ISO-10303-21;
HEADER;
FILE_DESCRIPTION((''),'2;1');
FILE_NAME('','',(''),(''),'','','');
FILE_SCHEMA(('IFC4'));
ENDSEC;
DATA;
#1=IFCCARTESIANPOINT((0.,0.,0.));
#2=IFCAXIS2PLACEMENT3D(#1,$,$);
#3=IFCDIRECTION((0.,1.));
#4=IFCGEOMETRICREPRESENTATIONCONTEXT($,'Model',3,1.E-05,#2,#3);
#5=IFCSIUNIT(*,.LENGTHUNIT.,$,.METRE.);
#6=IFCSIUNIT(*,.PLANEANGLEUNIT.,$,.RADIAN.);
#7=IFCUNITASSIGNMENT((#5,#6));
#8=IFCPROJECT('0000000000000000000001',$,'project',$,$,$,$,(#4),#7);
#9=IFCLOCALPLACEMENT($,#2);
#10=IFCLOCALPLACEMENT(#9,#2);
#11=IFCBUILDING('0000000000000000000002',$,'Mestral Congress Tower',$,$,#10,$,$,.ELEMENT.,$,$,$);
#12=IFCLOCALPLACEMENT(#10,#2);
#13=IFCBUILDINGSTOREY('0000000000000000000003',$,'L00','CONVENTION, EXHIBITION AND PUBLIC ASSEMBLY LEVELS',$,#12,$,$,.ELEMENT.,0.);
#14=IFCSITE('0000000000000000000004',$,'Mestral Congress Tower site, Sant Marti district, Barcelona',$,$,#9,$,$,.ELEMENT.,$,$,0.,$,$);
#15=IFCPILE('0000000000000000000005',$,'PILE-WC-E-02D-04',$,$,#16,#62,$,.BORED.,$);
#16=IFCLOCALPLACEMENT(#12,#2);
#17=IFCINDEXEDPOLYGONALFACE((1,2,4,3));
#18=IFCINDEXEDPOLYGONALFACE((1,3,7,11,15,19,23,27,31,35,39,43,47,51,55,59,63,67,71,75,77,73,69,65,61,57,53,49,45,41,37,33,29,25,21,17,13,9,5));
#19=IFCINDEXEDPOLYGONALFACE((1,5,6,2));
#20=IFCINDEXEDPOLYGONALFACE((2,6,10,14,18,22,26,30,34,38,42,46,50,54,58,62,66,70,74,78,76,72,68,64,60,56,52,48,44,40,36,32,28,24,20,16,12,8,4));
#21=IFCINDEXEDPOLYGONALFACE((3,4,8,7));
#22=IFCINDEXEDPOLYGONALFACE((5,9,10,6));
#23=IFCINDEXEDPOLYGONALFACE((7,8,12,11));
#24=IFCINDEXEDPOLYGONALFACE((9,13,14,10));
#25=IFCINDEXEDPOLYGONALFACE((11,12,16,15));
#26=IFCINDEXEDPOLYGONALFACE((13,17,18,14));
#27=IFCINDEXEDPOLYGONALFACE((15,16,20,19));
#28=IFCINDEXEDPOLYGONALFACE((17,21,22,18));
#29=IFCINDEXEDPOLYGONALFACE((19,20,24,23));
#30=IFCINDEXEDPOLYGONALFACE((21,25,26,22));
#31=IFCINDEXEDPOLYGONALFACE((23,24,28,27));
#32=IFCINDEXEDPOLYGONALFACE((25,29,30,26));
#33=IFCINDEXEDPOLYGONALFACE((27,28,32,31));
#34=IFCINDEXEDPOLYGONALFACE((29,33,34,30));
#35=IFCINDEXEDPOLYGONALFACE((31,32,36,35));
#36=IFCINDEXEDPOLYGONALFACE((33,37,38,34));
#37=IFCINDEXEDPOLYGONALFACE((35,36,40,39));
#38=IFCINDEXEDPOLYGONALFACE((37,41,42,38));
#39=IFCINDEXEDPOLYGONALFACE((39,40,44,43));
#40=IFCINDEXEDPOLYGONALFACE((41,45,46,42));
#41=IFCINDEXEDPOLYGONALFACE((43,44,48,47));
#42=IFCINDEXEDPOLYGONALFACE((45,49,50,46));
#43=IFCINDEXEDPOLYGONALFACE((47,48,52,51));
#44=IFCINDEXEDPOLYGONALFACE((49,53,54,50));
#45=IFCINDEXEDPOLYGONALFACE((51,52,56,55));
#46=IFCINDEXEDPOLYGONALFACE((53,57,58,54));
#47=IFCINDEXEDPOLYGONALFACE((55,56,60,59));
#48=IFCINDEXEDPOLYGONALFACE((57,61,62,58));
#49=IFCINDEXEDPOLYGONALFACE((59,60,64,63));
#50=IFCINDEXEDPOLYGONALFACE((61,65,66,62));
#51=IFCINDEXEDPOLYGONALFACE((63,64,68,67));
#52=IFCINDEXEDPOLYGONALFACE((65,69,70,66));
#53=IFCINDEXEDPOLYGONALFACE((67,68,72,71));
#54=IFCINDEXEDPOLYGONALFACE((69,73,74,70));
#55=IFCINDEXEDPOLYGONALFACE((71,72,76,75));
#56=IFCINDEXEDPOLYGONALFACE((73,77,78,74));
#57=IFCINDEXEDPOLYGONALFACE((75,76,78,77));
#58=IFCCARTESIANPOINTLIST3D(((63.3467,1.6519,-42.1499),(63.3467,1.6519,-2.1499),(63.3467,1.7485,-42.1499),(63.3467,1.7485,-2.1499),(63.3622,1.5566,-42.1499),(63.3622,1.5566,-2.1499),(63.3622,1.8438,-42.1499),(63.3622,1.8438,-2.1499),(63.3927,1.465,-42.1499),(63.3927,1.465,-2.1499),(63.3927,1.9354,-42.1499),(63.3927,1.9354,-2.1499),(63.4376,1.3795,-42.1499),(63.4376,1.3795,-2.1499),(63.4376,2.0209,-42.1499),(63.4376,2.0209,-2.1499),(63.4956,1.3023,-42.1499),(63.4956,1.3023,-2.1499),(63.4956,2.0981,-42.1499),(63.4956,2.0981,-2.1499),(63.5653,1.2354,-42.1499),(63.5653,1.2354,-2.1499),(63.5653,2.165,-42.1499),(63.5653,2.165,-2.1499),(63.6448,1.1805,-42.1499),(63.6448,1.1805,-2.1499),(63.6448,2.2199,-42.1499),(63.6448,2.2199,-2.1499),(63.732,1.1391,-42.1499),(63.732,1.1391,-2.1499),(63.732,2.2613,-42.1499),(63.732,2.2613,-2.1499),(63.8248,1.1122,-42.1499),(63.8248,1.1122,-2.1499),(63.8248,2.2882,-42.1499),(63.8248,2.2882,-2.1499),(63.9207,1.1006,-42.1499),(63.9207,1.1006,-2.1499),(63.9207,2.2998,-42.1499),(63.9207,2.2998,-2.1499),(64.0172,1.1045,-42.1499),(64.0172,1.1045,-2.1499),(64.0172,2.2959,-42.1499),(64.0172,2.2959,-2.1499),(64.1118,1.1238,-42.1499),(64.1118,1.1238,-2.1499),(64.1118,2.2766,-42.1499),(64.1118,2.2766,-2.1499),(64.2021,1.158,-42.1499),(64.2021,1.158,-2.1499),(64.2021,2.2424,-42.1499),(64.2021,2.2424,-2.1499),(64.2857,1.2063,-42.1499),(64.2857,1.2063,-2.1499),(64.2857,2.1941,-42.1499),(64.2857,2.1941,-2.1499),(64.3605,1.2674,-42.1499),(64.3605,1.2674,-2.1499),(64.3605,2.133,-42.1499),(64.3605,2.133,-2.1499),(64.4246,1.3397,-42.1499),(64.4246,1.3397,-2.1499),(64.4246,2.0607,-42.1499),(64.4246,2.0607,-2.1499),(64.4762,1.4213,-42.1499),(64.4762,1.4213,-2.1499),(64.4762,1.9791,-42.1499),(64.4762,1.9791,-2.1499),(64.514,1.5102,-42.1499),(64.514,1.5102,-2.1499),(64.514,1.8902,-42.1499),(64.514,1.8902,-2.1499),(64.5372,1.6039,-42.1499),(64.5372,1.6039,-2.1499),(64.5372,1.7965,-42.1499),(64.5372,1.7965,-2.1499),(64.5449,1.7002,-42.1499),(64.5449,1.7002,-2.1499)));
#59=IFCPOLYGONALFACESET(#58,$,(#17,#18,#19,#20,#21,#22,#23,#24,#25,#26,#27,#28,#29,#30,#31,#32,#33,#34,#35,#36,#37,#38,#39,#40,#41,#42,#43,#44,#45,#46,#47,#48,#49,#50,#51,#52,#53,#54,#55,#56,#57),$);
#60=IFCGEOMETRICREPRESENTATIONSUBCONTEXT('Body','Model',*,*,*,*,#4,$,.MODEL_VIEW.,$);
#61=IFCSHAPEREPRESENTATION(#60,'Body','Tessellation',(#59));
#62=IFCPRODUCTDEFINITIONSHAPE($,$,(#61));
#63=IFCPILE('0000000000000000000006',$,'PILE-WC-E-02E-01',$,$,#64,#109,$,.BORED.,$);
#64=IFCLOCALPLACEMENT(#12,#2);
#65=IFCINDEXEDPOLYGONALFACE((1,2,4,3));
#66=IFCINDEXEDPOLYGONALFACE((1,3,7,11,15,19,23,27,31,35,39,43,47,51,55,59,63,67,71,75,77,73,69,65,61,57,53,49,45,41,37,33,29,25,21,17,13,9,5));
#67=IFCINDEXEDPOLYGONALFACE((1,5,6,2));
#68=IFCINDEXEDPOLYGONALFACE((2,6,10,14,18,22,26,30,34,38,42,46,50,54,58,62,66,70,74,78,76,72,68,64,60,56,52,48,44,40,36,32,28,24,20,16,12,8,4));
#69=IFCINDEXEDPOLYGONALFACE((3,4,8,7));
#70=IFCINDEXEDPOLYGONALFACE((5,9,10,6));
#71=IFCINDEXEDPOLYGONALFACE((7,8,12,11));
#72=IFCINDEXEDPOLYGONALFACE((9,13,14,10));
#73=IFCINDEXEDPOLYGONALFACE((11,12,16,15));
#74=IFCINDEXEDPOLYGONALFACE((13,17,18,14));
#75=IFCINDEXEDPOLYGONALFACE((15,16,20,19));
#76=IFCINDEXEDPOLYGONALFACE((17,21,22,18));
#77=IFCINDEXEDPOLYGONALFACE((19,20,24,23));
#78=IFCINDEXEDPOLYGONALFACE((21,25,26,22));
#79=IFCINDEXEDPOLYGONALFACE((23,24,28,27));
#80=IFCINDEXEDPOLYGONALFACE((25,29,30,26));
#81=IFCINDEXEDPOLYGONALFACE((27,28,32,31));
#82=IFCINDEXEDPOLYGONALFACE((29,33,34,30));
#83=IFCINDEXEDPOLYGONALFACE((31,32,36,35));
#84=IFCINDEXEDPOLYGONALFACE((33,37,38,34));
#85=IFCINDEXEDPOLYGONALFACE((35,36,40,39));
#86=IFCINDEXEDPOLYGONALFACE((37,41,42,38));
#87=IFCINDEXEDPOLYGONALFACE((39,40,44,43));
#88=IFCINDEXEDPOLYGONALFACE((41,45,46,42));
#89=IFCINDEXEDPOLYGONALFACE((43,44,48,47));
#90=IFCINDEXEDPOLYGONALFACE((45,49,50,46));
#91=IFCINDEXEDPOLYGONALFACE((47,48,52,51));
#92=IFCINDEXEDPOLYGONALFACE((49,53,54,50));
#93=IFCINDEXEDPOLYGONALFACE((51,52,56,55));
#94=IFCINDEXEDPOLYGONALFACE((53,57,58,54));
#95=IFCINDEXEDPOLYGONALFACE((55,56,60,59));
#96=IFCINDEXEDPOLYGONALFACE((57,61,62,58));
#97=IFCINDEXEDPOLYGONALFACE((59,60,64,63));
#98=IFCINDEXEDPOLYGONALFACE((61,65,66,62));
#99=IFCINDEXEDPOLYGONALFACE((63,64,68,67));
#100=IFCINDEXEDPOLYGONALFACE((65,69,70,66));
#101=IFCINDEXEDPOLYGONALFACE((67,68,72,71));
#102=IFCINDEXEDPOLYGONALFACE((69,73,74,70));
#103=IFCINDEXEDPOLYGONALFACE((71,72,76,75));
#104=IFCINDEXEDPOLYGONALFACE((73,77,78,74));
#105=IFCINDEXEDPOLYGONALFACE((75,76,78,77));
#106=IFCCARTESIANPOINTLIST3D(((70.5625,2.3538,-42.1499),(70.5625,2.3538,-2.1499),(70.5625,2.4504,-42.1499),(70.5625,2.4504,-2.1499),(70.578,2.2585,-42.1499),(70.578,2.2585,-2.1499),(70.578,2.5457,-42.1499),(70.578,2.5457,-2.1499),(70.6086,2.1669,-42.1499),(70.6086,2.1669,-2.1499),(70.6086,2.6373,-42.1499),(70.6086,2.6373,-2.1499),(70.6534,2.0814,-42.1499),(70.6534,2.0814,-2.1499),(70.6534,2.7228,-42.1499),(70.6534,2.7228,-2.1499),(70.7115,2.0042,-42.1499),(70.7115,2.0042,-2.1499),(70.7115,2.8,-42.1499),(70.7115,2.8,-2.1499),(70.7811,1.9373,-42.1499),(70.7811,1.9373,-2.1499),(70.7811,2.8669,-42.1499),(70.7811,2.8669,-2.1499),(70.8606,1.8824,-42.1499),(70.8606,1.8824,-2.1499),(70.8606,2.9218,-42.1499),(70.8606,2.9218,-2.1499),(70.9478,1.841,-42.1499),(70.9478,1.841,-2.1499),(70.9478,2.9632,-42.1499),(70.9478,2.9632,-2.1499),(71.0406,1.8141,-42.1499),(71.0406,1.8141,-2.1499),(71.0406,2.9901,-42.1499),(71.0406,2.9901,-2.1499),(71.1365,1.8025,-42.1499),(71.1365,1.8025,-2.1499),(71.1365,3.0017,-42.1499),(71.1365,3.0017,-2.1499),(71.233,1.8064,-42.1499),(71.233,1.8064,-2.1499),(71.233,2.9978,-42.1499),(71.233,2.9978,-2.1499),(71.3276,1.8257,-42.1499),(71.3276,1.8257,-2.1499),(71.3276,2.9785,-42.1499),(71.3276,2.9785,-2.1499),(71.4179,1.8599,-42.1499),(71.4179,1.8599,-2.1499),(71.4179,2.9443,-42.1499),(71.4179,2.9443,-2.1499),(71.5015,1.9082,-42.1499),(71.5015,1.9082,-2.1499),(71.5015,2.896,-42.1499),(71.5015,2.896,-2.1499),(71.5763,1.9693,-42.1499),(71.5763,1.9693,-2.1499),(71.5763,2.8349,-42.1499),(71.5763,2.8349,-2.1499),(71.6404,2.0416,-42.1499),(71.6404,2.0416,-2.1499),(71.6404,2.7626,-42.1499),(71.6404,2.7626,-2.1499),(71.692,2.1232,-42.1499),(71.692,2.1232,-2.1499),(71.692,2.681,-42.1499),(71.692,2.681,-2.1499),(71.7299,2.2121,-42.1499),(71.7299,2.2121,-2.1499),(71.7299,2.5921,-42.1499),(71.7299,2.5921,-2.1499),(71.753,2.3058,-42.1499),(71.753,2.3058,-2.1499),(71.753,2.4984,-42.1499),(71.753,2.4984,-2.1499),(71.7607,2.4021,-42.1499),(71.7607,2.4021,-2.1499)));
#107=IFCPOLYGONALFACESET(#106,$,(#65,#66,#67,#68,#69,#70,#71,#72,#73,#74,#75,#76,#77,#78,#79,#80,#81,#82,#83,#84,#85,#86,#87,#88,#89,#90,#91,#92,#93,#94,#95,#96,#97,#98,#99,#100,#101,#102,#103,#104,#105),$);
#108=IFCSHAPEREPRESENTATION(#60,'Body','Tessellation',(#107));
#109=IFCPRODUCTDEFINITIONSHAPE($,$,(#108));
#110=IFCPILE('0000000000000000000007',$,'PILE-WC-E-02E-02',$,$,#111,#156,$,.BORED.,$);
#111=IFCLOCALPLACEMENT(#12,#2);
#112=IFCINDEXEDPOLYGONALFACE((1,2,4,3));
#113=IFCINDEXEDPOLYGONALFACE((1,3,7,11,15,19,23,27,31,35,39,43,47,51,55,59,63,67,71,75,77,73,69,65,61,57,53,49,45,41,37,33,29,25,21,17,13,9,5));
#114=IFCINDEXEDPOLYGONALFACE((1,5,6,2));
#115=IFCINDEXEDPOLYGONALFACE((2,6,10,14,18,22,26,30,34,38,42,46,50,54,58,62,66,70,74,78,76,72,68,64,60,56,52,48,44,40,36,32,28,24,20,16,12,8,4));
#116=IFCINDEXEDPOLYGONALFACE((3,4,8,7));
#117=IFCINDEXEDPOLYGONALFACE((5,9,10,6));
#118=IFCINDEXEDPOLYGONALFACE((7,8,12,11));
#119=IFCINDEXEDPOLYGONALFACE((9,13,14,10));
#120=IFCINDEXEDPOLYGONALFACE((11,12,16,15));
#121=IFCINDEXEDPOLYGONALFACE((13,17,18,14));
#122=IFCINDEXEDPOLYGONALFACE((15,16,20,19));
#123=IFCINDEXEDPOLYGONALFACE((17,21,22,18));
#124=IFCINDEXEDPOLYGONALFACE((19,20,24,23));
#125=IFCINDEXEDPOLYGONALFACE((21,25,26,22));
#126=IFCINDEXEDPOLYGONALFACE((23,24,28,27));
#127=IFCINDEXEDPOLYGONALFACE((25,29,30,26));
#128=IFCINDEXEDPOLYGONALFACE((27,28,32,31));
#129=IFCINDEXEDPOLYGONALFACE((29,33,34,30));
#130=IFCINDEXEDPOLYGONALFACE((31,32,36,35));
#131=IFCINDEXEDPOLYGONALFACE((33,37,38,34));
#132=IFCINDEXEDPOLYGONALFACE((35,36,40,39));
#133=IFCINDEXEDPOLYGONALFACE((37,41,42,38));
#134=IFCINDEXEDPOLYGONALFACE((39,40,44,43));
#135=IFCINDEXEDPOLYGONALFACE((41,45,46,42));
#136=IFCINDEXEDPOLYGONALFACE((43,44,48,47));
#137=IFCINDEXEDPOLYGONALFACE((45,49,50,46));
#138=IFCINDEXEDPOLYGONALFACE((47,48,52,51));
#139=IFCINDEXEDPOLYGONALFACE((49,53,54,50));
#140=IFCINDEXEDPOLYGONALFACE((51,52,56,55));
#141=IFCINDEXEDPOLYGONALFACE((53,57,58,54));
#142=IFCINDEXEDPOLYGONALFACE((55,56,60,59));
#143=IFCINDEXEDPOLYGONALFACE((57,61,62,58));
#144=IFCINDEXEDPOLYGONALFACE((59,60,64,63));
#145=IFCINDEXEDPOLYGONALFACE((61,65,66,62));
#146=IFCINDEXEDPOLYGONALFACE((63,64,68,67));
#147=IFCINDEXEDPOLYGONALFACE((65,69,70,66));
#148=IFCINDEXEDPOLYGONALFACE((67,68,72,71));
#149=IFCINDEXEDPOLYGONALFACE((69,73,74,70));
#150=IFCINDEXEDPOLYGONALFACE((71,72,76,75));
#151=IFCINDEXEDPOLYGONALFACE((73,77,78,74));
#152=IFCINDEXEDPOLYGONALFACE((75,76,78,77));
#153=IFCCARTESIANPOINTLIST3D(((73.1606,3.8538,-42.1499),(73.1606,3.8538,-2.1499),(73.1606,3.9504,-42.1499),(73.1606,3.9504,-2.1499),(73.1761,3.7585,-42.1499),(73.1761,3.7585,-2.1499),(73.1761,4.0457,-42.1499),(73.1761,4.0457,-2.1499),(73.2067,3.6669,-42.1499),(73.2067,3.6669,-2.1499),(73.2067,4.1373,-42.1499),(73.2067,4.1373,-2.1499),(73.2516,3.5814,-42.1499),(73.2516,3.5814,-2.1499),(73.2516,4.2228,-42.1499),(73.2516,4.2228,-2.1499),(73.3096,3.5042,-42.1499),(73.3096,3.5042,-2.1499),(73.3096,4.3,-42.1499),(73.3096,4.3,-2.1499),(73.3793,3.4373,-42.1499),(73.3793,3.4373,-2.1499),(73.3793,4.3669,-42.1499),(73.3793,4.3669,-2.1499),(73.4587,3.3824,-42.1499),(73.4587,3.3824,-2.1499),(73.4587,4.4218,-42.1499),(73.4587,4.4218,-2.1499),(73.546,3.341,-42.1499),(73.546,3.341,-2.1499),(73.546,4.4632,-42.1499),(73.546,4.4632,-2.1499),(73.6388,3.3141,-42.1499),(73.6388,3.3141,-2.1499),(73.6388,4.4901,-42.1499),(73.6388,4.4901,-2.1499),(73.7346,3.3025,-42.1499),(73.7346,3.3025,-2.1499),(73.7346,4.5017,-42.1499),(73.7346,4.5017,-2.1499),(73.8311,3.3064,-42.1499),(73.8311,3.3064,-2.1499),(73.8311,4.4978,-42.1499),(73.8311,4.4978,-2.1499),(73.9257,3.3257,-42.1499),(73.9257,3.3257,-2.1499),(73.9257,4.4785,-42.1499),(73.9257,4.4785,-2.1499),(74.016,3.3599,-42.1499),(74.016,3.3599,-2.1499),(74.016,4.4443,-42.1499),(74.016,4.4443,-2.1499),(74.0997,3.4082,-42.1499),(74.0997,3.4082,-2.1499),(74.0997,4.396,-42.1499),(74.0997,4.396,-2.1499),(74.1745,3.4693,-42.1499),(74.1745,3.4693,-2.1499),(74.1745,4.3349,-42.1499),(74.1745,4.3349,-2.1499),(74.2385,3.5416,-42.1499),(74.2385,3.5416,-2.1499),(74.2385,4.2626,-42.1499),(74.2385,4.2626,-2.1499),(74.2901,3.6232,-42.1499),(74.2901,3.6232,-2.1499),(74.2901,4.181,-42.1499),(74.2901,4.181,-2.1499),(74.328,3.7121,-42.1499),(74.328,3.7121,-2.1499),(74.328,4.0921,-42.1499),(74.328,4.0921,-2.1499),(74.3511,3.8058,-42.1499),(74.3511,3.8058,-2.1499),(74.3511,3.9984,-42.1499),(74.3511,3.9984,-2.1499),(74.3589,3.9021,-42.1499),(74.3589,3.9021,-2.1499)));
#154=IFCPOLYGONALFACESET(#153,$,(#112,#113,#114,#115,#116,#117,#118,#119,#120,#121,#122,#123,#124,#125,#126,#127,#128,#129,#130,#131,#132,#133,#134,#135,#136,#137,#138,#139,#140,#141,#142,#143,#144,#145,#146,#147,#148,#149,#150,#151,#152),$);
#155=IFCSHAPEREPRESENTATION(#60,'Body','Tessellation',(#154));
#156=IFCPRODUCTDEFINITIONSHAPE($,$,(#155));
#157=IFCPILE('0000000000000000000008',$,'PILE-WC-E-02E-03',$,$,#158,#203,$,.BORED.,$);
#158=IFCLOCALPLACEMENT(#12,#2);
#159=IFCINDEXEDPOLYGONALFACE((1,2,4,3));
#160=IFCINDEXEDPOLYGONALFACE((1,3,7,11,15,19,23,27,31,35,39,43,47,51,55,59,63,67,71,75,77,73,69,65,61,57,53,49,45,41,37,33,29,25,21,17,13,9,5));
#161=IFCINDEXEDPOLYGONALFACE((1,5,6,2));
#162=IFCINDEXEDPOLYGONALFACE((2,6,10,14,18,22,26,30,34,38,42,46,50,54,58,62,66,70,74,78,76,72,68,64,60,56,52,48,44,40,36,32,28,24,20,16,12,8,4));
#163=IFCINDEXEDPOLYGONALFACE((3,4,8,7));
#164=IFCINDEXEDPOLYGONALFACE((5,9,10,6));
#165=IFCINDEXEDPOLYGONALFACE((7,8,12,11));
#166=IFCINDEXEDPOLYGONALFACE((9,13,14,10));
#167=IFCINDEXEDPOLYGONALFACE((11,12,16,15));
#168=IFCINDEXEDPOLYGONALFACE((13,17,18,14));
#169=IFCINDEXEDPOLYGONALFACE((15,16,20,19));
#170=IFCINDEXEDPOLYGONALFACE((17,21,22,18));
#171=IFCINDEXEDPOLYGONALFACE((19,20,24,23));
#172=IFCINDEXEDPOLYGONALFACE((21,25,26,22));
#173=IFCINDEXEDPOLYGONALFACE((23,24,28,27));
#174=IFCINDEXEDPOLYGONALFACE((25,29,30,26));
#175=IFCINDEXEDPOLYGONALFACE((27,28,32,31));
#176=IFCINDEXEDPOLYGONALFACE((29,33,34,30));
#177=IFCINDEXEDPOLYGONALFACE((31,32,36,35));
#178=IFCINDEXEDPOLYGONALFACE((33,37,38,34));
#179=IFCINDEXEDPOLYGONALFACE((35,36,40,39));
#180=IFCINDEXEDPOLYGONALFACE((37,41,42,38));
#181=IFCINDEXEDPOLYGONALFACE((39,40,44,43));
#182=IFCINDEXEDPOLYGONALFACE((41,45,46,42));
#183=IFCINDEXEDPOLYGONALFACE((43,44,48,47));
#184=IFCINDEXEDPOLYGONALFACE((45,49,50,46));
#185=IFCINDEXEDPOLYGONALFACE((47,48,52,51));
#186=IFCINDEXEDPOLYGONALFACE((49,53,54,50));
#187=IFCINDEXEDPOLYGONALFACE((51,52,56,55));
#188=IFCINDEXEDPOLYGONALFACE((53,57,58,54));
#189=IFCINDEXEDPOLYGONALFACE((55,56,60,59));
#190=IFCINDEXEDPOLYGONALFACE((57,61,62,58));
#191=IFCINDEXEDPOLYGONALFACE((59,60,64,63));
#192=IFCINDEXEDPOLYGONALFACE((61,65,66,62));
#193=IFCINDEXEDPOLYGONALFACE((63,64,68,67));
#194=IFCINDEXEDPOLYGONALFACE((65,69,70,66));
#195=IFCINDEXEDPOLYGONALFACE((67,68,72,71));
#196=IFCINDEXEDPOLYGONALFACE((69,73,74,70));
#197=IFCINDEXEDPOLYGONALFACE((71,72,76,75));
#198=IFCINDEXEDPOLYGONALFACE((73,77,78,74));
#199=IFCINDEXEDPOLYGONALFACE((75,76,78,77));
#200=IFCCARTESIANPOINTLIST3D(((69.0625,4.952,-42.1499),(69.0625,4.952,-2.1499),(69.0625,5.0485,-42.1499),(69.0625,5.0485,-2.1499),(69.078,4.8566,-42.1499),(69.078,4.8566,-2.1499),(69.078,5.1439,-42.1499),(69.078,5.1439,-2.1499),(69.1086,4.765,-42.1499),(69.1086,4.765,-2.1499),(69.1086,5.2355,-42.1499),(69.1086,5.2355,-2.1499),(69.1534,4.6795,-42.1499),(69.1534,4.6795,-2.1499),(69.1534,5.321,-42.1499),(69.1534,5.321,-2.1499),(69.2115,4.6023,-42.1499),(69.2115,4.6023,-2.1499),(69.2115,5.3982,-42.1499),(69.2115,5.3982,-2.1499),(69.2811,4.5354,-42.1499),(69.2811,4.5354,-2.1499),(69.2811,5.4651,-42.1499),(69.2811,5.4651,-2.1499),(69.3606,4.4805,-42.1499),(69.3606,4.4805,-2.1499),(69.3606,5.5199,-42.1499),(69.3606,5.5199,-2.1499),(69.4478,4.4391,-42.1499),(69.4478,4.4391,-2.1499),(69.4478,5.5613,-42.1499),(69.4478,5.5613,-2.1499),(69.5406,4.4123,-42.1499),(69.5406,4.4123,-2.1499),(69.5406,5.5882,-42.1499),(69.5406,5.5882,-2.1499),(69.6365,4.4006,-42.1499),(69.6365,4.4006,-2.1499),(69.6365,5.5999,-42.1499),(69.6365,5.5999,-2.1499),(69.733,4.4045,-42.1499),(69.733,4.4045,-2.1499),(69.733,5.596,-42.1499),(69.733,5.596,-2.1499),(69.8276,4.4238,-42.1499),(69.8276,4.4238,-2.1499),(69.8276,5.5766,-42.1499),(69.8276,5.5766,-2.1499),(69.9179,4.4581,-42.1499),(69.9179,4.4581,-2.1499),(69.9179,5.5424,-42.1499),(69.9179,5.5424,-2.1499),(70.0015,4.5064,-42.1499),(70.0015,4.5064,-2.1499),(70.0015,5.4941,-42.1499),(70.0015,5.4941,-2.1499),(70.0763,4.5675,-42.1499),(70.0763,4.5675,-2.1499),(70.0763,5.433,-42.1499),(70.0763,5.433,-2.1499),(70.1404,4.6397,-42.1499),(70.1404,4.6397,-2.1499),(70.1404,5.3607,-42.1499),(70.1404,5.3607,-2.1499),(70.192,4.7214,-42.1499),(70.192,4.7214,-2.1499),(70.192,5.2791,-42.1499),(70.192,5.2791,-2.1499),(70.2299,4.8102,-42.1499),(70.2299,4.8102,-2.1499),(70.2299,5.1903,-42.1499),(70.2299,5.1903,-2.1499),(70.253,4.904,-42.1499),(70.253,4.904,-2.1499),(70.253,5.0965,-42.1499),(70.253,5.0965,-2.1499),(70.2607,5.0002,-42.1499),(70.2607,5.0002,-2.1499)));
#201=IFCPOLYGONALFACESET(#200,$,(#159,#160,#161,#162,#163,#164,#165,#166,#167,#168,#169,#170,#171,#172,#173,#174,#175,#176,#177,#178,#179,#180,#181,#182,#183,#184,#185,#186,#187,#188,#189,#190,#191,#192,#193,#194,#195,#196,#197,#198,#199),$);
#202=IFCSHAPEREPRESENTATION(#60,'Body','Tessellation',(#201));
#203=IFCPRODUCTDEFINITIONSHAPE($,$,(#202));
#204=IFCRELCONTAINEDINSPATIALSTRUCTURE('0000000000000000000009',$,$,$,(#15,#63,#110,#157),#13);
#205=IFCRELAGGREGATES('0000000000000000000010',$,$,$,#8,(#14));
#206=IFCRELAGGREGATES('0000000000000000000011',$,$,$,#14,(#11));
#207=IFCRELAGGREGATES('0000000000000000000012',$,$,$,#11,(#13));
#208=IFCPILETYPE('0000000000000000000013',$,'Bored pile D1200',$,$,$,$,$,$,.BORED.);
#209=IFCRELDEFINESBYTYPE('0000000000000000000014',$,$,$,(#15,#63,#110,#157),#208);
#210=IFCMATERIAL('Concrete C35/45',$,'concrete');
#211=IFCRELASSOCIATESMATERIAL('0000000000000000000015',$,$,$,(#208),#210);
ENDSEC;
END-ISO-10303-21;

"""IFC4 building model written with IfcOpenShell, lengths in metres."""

from ifc_helpers import new_model, si_unit, direction, frame, origin, origin_2d, place, context, subcontext, project, spatial, circle, extrude, material, material_profile, profile_set, type_object, element, save


model = new_model("IFC4")

# Units and contexts
model_context = context("Model", 3, precision=1e-05, world=origin(), true_north=direction((0.0, 1.0)))
body_context = subcontext(model_context, "Body", "Model", "MODEL_VIEW")
ifc_project = project(units=[si_unit("LENGTHUNIT", "METRE"), si_unit("PLANEANGLEUNIT", "RADIAN")], contexts=[model_context])

# Site, building, storey
site_placement = place(None, origin())
site = spatial("IfcSite", under=ifc_project, at=site_placement, Name="Mestral Congress Tower site, Sant Marti district, Barcelona", CompositionType="ELEMENT", RefElevation=0.0)
building_placement = place(site_placement, origin())
building = spatial("IfcBuilding", under=site, at=building_placement, Name="Mestral Congress Tower", CompositionType="ELEMENT")
storey_placement = place(building_placement, origin())
storey = spatial("IfcBuildingStorey", under=building, at=storey_placement, Name="L00", Description="CONVENTION, EXHIBITION AND PUBLIC ASSEMBLY LEVELS", CompositionType="ELEMENT", Elevation=0.0)

# Piles
ifc_material_1 = material(Name="Concrete C35/45", Category="concrete")
ifc_material_profile_1 = material_profile(ifc_material_1, circle(Radius=0.6001, at=origin_2d()), Name="D1200")
ifc_profile_set_1 = profile_set([ifc_material_profile_1], Name="Concrete C35/45")
pile_type = type_object("IfcPileType", Name="Bored pile D1200", PredefinedType="BORED", material=ifc_profile_set_1)
for number, where, z_axis, x_axis, name in (
    (1, (63.9448, 1.7002, -2.1499), (0.0, 0.0, -1.0), (1.0, 0.0, 0.0), "PILE-WC-E-02D-04"),
    (2, (71.1606, 2.4021, -2.1499), (0.0, 0.0, -1.0), (1.0, 0.0, 0.0), "PILE-WC-E-02E-01"),
    (3, (73.7588, 3.9021, -2.1499), (0.0, 0.0, -1.0), (1.0, 0.0, 0.0), "PILE-WC-E-02E-02"),
    (4, (69.6606, 5.0002, -2.1499), (0.0, 0.0, -1.0), (1.0, 0.0, 0.0), "PILE-WC-E-02E-03"),
):
    element("IfcPile", number, at=place(storey_placement, frame(where, z_axis=z_axis, x_axis=x_axis)), inside=storey, type_object=pile_type, Name=name, PredefinedType="BORED", context=body_context, shape_type="SweptSolid", body=[
        extrude(circle(Radius=0.6001, at=origin_2d()), origin(), (0.0, 0.0, 1.0), 40.0),
    ])

save(model, "model.ifc")
